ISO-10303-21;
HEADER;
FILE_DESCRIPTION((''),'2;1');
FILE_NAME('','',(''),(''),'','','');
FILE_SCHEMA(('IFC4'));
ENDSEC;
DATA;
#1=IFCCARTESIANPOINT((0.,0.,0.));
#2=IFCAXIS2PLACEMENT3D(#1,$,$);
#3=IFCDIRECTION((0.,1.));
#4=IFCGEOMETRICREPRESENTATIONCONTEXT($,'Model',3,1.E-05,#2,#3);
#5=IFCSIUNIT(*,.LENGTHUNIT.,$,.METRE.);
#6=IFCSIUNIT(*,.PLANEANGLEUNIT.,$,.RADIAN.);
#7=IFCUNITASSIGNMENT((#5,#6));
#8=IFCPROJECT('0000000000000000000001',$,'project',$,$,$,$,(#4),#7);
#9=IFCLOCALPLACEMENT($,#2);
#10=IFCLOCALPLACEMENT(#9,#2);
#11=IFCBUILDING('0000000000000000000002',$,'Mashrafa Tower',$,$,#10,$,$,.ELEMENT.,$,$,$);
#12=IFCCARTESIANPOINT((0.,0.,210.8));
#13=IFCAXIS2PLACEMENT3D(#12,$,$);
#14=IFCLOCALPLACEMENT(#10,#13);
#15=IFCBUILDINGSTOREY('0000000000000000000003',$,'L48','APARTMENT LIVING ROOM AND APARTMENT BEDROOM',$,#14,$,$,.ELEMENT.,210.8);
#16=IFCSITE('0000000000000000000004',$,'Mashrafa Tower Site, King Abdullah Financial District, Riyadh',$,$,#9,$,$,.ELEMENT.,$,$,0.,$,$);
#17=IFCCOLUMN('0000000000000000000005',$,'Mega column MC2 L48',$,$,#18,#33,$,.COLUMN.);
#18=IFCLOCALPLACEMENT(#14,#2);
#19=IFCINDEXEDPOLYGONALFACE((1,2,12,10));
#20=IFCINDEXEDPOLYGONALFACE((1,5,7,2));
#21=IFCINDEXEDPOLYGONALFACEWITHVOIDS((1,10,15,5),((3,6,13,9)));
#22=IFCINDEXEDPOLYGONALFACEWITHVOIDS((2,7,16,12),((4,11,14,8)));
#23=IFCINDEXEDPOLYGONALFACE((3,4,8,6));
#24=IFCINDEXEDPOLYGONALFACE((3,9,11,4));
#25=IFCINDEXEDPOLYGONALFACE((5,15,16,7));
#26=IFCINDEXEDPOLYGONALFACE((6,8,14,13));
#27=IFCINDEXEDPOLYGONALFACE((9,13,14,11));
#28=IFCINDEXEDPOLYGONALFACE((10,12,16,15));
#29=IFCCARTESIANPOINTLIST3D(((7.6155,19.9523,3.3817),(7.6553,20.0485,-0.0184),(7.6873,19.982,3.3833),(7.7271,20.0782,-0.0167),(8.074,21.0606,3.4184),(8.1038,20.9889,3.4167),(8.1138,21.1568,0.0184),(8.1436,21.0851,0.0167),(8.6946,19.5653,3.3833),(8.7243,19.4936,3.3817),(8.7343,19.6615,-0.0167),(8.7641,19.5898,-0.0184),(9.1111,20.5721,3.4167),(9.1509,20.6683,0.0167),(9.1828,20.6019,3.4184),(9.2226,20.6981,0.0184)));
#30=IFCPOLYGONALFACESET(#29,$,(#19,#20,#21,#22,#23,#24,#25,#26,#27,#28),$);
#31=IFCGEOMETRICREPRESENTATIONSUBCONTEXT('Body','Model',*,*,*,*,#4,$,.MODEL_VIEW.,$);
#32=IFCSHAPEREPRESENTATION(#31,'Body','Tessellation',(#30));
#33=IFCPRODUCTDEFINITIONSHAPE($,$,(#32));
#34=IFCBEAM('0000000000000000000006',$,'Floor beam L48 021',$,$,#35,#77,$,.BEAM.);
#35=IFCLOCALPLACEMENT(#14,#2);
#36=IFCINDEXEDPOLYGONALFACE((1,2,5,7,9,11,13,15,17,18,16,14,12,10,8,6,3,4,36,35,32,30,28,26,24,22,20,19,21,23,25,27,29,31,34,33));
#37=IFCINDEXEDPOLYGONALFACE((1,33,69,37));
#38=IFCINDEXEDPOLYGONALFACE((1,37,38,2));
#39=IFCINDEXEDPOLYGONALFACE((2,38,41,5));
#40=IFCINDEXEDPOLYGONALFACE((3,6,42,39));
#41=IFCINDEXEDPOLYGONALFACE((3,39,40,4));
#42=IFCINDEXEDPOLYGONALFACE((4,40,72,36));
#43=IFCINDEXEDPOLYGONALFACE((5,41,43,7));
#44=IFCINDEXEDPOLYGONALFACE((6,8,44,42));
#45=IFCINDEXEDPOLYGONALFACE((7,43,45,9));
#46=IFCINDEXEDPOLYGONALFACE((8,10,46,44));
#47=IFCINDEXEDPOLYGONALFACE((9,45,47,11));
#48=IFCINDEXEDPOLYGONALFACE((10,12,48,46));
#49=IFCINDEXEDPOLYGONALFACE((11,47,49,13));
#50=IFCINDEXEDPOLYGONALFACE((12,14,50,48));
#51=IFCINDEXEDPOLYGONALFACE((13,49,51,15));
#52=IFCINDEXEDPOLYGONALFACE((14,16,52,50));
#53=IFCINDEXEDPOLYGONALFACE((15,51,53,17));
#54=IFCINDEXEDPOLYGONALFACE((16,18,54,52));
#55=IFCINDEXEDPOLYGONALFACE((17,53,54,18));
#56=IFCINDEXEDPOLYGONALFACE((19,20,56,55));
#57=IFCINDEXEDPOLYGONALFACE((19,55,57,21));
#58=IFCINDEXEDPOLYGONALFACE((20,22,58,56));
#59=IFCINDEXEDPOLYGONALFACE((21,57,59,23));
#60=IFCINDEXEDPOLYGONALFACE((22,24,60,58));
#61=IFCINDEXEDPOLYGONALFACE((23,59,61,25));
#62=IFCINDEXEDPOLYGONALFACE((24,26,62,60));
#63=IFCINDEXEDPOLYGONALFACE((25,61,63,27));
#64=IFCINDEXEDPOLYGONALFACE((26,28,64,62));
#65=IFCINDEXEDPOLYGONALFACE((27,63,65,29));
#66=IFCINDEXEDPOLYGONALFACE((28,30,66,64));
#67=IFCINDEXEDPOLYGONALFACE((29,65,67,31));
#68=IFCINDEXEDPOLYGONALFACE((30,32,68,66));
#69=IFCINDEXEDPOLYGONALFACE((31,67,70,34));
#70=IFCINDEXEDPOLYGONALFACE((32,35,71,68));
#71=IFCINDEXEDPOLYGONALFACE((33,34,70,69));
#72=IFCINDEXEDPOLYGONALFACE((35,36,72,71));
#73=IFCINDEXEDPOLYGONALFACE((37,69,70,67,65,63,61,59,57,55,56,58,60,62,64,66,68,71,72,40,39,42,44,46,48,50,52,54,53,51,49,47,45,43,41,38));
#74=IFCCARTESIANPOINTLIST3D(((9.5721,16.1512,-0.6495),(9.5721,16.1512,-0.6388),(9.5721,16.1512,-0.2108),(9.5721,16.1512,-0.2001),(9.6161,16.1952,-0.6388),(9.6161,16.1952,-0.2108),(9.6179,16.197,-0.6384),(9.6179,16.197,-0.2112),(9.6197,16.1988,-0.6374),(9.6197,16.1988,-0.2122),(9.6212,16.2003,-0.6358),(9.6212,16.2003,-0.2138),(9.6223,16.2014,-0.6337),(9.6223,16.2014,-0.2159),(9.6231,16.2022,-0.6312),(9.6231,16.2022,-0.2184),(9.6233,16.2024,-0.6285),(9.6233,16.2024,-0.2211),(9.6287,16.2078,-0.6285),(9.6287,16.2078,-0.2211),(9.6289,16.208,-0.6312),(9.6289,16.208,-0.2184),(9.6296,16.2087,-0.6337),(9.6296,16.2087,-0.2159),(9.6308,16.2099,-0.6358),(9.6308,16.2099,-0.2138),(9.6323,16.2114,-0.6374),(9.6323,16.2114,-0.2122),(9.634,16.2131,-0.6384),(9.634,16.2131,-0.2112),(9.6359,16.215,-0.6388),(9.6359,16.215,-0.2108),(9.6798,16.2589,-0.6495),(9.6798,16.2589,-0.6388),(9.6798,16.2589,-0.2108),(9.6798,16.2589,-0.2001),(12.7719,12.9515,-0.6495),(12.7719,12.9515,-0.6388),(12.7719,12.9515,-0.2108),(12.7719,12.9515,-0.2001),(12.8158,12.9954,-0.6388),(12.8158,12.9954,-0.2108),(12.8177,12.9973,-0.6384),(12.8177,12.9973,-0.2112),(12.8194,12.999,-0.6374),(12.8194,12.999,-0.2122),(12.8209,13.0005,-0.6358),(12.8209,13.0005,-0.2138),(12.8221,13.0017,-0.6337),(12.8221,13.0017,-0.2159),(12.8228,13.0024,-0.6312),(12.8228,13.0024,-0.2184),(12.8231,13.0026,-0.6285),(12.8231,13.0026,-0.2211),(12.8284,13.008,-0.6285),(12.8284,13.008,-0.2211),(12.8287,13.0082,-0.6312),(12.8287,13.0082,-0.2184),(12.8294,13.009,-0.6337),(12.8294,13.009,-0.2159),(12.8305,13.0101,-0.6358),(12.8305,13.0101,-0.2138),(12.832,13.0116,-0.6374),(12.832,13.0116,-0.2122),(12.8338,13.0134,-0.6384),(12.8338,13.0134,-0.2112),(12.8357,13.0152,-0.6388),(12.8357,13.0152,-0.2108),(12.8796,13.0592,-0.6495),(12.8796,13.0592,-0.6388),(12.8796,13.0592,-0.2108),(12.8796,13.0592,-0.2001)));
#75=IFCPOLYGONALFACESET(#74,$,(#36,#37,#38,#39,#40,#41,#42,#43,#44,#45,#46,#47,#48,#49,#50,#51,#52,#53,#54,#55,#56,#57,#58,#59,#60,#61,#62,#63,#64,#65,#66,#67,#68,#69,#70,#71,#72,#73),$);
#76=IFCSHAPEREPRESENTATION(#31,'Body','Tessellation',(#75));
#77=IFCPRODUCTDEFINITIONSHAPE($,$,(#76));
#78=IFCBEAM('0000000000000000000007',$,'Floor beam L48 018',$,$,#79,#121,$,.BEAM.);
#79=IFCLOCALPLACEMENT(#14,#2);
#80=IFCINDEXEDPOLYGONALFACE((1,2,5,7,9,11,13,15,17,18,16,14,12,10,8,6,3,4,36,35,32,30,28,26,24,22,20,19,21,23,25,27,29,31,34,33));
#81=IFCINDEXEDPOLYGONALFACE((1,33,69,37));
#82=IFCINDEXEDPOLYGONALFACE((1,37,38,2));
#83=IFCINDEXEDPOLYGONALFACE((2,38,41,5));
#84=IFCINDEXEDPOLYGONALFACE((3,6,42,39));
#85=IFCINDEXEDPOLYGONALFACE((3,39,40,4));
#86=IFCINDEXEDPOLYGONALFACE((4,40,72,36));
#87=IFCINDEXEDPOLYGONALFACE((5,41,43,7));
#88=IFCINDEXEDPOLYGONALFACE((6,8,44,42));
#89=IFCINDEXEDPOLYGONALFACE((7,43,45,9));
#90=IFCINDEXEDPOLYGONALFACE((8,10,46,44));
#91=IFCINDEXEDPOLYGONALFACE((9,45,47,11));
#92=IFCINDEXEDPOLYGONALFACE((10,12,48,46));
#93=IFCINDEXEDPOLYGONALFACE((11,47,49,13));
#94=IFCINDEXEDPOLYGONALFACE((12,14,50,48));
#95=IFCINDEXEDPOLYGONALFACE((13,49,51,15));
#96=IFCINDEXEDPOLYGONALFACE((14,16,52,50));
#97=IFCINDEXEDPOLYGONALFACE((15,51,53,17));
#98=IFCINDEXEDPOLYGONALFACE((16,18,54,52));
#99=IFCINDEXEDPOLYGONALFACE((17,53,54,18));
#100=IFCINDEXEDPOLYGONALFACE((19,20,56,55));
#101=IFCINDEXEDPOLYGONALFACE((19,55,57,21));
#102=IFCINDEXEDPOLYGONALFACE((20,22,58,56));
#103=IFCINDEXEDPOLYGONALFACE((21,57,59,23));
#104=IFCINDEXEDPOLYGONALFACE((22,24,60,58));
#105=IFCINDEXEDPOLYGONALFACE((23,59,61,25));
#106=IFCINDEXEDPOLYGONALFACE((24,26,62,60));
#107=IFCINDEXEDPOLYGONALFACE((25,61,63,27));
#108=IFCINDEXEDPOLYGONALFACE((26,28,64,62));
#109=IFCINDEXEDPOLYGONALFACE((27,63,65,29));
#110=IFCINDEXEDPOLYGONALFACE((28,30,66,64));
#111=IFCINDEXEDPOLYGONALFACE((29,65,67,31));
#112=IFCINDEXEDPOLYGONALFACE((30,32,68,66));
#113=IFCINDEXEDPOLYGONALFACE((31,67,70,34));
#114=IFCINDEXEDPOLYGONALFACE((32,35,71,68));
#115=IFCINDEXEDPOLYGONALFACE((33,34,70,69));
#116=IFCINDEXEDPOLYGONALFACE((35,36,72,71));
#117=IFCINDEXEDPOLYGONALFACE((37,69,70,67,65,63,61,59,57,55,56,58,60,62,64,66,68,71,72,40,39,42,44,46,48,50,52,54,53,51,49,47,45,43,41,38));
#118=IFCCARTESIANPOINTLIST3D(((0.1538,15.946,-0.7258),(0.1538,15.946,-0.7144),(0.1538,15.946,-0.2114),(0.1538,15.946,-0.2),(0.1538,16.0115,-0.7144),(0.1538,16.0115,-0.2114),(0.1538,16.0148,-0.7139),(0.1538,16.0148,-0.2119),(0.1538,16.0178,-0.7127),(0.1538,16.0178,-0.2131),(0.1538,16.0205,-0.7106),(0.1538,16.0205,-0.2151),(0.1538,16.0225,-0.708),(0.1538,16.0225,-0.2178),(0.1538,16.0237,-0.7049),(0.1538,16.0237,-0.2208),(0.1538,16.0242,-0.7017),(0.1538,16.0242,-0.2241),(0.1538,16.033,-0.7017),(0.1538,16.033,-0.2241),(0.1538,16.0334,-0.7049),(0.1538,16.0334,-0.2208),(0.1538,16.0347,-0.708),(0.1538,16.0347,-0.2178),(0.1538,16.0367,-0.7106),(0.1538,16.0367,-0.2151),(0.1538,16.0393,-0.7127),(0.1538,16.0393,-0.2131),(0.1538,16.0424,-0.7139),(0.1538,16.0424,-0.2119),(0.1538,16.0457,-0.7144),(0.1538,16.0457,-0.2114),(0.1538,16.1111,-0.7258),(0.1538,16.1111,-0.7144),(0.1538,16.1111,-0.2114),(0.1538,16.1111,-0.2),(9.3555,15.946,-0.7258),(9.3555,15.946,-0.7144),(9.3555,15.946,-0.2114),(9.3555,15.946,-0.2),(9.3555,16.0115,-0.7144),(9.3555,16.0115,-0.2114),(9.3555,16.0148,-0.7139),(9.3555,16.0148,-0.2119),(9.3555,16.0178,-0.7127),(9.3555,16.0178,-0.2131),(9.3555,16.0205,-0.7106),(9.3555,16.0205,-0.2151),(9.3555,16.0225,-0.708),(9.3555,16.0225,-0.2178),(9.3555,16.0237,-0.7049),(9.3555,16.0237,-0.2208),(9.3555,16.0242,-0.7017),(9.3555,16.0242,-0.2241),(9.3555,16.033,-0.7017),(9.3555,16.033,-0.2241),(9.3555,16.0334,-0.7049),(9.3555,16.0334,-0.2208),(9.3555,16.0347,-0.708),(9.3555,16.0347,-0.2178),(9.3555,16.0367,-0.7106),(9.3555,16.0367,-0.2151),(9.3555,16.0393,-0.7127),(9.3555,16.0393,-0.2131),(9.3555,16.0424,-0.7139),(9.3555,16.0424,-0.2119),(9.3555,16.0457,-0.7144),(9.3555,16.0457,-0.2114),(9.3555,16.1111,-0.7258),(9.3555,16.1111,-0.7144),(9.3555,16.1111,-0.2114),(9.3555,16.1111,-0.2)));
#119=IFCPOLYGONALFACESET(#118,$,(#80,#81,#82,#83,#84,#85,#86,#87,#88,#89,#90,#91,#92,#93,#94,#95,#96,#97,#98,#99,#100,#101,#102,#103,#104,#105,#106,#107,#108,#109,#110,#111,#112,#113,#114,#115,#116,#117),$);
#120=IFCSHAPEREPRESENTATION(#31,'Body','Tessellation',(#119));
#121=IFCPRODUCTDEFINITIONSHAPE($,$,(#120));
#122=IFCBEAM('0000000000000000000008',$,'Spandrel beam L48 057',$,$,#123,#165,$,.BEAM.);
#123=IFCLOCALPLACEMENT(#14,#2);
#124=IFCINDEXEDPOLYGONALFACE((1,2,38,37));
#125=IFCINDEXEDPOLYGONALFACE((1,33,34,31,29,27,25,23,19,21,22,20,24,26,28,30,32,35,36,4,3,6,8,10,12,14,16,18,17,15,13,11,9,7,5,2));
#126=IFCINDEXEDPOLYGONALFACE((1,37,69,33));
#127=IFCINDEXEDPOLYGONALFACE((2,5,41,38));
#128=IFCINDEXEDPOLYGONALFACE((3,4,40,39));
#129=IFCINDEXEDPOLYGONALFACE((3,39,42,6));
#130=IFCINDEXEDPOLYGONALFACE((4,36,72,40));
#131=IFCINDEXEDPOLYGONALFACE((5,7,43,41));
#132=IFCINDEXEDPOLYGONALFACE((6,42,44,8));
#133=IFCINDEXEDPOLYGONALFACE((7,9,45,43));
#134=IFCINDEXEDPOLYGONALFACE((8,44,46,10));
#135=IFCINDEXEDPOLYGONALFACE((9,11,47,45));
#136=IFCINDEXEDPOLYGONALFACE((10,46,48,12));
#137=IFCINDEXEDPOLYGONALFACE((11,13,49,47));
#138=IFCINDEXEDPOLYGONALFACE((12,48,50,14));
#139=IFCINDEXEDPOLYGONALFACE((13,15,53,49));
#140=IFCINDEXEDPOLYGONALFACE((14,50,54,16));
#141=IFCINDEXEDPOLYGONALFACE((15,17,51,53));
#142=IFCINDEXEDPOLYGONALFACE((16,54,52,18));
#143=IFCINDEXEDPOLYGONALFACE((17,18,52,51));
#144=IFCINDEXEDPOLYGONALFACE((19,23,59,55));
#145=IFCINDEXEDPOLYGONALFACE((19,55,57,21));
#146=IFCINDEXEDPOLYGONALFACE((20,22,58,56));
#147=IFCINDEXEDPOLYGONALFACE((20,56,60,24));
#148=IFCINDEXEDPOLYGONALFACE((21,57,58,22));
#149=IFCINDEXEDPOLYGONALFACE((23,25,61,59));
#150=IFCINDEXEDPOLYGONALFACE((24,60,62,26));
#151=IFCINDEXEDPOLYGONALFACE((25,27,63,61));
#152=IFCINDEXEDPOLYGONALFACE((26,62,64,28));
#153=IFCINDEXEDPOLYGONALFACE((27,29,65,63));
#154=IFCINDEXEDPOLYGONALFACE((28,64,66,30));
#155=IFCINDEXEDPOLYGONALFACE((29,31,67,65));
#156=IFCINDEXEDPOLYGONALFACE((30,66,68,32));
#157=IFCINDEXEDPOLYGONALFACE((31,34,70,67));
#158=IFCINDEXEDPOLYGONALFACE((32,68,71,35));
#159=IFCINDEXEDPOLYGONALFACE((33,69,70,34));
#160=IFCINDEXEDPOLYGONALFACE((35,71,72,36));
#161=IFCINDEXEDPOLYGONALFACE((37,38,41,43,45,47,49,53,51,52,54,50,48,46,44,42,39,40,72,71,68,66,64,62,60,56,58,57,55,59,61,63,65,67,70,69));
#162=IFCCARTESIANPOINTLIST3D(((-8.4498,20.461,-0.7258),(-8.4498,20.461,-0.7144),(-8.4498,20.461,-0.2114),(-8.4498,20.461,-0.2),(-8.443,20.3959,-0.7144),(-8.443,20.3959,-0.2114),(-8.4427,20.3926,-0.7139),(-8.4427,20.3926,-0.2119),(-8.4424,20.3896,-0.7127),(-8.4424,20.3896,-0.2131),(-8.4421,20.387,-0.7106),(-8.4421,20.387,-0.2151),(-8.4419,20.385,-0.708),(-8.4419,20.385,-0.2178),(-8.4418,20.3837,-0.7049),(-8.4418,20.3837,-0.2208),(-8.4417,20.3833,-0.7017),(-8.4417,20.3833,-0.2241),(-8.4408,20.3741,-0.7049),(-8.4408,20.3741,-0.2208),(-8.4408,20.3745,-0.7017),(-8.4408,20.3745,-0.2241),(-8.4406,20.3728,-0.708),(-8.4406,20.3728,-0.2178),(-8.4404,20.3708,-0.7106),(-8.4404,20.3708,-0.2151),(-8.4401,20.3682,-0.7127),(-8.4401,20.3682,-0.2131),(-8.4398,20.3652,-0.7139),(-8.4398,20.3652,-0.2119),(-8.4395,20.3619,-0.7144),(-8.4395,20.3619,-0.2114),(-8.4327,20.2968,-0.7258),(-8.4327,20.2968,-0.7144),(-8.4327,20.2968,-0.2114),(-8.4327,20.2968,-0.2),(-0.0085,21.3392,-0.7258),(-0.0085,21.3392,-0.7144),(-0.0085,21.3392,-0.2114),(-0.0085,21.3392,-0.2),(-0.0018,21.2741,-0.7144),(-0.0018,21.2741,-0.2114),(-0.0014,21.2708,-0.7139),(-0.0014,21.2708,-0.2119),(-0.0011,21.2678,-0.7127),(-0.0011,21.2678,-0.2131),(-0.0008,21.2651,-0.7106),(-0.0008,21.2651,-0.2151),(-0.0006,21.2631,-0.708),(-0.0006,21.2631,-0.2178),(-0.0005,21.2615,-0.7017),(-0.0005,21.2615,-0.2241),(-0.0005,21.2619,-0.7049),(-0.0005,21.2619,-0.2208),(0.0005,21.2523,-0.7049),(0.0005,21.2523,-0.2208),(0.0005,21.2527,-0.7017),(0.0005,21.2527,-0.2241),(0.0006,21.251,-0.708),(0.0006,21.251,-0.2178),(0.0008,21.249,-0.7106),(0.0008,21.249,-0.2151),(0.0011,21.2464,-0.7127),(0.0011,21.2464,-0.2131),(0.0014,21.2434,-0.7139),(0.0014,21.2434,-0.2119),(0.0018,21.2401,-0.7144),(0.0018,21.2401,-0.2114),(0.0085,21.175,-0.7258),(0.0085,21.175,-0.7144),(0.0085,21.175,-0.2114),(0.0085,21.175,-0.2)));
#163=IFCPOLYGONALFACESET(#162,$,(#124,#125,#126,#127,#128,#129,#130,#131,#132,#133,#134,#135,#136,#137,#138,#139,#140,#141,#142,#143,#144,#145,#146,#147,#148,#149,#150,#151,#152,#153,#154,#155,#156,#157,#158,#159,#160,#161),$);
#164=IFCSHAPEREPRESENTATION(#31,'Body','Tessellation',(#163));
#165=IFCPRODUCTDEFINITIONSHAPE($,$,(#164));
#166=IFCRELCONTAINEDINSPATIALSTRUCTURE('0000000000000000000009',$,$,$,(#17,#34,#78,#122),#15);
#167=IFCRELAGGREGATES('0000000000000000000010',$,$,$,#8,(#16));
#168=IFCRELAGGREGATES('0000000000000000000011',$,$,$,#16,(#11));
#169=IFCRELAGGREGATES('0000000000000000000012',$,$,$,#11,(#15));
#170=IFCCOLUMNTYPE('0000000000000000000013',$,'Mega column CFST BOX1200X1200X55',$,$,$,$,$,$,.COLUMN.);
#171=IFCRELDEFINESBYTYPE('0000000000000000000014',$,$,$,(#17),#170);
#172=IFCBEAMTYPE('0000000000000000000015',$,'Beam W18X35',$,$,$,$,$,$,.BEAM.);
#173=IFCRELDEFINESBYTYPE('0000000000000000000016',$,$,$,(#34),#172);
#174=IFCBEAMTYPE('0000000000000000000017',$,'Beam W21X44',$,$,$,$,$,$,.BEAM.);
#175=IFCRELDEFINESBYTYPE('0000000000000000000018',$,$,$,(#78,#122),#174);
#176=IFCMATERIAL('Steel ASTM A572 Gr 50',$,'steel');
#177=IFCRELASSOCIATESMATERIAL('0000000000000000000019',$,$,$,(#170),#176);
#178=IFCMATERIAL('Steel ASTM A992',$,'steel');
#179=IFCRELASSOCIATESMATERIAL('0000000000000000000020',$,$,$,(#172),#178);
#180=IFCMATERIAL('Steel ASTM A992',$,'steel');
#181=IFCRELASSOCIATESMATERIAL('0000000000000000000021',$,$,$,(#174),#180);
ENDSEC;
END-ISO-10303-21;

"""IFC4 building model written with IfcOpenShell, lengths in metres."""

from ifc_helpers import new_model, si_unit, direction, frame, origin, origin_2d, place, context, subcontext, project, spatial, hollow_rectangle, i_section, extrude, material, material_profile, profile_set, type_object, element, save


model = new_model("IFC4")

# Units and contexts
model_context = context("Model", 3, precision=1e-05, world=origin(), true_north=direction((0.0, 1.0)))
body_context = subcontext(model_context, "Body", "Model", "MODEL_VIEW")
ifc_project = project(units=[si_unit("LENGTHUNIT", "METRE"), si_unit("PLANEANGLEUNIT", "RADIAN")], contexts=[model_context])

# Site, building, storey
site_placement = place(None, origin())
site = spatial("IfcSite", under=ifc_project, at=site_placement, Name="Mashrafa Tower Site, King Abdullah Financial District, Riyadh", CompositionType="ELEMENT", RefElevation=0.0)
building_placement = place(site_placement, origin())
building = spatial("IfcBuilding", under=site, at=building_placement, Name="Mashrafa Tower", CompositionType="ELEMENT")
storey_placement = place(building_placement, frame((0.0, 0.0, 210.8)))
storey = spatial("IfcBuildingStorey", under=building, at=storey_placement, Name="L48", Description="APARTMENT LIVING ROOM AND APARTMENT BEDROOM", CompositionType="ELEMENT", Elevation=210.8)

# Column
ifc_material_1 = material(Name="Steel ASTM A572 Gr 50", Category="steel")
ifc_material_profile_1 = material_profile(ifc_material_1, hollow_rectangle(XDim=1.2, YDim=1.2, WallThickness=0.0549, at=origin_2d()), Name="BOX1200X1200X55")
ifc_profile_set_1 = profile_set([ifc_material_profile_1], Name="Steel ASTM A572 Gr 50")
column_type = type_object("IfcColumnType", Name="Mega column CFST BOX1200X1200X55", PredefinedType="COLUMN", material=ifc_profile_set_1)
column_placement = place(storey_placement, frame((8.439, 20.3733, 0.0), z_axis=(-0.011699, -0.028279, 0.999532), x_axis=(0.924045, -0.382283, 0.0)))
element("IfcColumn", 1, at=column_placement, inside=storey, type_object=column_type, Name="Mega column MC2 L48", PredefinedType="COLUMN", context=body_context, shape_type="SweptSolid", body=[
    extrude(hollow_rectangle(XDim=1.2, YDim=1.2, WallThickness=0.0549, at=origin_2d()), origin(), (0.0, 0.0, 1.0), 3.4016),
])

# Beams
ifc_material_2 = material(Name="Steel ASTM A992", Category="steel")
ifc_material_profile_2 = material_profile(ifc_material_2, i_section(OverallWidth=0.1523, OverallDepth=0.4495, WebThickness=0.0076, FlangeThickness=0.0107, FilletRadius=0.0103, at=origin_2d()), Name="W18X35")
ifc_profile_set_2 = profile_set([ifc_material_profile_2], Name="Steel ASTM A992")
beam_type_1 = type_object("IfcBeamType", Name="Beam W18X35", PredefinedType="BEAM", material=ifc_profile_set_2)
beam_1_placement = place(storey_placement, frame((9.626, 16.2051, -0.4248), z_axis=(0.707107, -0.707107, 0.0), x_axis=(0.707107, 0.707107, 0.0)))
element("IfcBeam", 2, at=beam_1_placement, inside=storey, type_object=beam_type_1, Name="Floor beam L48 021", PredefinedType="BEAM", context=body_context, shape_type="SweptSolid", body=[
    extrude(i_section(OverallWidth=0.1523, OverallDepth=0.4495, WebThickness=0.0076, FlangeThickness=0.0107, FilletRadius=0.0103, at=origin_2d()), origin(), (0.0, 0.0, 1.0), 4.5251),
])
ifc_material_3 = material(Name="Steel ASTM A992", Category="steel")
ifc_material_profile_3 = material_profile(ifc_material_3, i_section(OverallWidth=0.165, OverallDepth=0.5259, WebThickness=0.0088, FlangeThickness=0.0115, FilletRadius=0.0127, at=origin_2d()), Name="W21X44")
ifc_profile_set_3 = profile_set([ifc_material_profile_3], Name="Steel ASTM A992")
beam_type_2 = type_object("IfcBeamType", Name="Beam W21X44", PredefinedType="BEAM", material=ifc_profile_set_3)
beam_2_placement = place(storey_placement, frame((0.1538, 16.0286, -0.4629), z_axis=(1.0, 0.0, 0.0), x_axis=(0.0, 1.0, 0.0)))
element("IfcBeam", 3, at=beam_2_placement, inside=storey, type_object=beam_type_2, Name="Floor beam L48 018", PredefinedType="BEAM", context=body_context, shape_type="SweptSolid", body=[
    extrude(i_section(OverallWidth=0.165, OverallDepth=0.5259, WebThickness=0.0088, FlangeThickness=0.0115, FilletRadius=0.0127, at=origin_2d()), origin(), (0.0, 0.0, 1.0), 9.2017),
])
for number, where, z_axis, x_axis, name in (
    (4, (0.0, 21.2571, -0.4629), (-0.994632, -0.103476, 0.0), (0.103476, -0.994632, 0.0), "Spandrel beam L48 057"),
):
    element("IfcBeam", number, at=place(storey_placement, frame(where, z_axis=z_axis, x_axis=x_axis)), inside=storey, type_object=beam_type_2, Name=name, PredefinedType="BEAM", context=body_context, shape_type="SweptSolid", body=[
        extrude(i_section(OverallWidth=0.165, OverallDepth=0.5259, WebThickness=0.0088, FlangeThickness=0.0115, FilletRadius=0.0127, at=origin_2d()), origin(), (0.0, 0.0, 1.0), 8.4868),
    ])

save(model, "model.ifc")
